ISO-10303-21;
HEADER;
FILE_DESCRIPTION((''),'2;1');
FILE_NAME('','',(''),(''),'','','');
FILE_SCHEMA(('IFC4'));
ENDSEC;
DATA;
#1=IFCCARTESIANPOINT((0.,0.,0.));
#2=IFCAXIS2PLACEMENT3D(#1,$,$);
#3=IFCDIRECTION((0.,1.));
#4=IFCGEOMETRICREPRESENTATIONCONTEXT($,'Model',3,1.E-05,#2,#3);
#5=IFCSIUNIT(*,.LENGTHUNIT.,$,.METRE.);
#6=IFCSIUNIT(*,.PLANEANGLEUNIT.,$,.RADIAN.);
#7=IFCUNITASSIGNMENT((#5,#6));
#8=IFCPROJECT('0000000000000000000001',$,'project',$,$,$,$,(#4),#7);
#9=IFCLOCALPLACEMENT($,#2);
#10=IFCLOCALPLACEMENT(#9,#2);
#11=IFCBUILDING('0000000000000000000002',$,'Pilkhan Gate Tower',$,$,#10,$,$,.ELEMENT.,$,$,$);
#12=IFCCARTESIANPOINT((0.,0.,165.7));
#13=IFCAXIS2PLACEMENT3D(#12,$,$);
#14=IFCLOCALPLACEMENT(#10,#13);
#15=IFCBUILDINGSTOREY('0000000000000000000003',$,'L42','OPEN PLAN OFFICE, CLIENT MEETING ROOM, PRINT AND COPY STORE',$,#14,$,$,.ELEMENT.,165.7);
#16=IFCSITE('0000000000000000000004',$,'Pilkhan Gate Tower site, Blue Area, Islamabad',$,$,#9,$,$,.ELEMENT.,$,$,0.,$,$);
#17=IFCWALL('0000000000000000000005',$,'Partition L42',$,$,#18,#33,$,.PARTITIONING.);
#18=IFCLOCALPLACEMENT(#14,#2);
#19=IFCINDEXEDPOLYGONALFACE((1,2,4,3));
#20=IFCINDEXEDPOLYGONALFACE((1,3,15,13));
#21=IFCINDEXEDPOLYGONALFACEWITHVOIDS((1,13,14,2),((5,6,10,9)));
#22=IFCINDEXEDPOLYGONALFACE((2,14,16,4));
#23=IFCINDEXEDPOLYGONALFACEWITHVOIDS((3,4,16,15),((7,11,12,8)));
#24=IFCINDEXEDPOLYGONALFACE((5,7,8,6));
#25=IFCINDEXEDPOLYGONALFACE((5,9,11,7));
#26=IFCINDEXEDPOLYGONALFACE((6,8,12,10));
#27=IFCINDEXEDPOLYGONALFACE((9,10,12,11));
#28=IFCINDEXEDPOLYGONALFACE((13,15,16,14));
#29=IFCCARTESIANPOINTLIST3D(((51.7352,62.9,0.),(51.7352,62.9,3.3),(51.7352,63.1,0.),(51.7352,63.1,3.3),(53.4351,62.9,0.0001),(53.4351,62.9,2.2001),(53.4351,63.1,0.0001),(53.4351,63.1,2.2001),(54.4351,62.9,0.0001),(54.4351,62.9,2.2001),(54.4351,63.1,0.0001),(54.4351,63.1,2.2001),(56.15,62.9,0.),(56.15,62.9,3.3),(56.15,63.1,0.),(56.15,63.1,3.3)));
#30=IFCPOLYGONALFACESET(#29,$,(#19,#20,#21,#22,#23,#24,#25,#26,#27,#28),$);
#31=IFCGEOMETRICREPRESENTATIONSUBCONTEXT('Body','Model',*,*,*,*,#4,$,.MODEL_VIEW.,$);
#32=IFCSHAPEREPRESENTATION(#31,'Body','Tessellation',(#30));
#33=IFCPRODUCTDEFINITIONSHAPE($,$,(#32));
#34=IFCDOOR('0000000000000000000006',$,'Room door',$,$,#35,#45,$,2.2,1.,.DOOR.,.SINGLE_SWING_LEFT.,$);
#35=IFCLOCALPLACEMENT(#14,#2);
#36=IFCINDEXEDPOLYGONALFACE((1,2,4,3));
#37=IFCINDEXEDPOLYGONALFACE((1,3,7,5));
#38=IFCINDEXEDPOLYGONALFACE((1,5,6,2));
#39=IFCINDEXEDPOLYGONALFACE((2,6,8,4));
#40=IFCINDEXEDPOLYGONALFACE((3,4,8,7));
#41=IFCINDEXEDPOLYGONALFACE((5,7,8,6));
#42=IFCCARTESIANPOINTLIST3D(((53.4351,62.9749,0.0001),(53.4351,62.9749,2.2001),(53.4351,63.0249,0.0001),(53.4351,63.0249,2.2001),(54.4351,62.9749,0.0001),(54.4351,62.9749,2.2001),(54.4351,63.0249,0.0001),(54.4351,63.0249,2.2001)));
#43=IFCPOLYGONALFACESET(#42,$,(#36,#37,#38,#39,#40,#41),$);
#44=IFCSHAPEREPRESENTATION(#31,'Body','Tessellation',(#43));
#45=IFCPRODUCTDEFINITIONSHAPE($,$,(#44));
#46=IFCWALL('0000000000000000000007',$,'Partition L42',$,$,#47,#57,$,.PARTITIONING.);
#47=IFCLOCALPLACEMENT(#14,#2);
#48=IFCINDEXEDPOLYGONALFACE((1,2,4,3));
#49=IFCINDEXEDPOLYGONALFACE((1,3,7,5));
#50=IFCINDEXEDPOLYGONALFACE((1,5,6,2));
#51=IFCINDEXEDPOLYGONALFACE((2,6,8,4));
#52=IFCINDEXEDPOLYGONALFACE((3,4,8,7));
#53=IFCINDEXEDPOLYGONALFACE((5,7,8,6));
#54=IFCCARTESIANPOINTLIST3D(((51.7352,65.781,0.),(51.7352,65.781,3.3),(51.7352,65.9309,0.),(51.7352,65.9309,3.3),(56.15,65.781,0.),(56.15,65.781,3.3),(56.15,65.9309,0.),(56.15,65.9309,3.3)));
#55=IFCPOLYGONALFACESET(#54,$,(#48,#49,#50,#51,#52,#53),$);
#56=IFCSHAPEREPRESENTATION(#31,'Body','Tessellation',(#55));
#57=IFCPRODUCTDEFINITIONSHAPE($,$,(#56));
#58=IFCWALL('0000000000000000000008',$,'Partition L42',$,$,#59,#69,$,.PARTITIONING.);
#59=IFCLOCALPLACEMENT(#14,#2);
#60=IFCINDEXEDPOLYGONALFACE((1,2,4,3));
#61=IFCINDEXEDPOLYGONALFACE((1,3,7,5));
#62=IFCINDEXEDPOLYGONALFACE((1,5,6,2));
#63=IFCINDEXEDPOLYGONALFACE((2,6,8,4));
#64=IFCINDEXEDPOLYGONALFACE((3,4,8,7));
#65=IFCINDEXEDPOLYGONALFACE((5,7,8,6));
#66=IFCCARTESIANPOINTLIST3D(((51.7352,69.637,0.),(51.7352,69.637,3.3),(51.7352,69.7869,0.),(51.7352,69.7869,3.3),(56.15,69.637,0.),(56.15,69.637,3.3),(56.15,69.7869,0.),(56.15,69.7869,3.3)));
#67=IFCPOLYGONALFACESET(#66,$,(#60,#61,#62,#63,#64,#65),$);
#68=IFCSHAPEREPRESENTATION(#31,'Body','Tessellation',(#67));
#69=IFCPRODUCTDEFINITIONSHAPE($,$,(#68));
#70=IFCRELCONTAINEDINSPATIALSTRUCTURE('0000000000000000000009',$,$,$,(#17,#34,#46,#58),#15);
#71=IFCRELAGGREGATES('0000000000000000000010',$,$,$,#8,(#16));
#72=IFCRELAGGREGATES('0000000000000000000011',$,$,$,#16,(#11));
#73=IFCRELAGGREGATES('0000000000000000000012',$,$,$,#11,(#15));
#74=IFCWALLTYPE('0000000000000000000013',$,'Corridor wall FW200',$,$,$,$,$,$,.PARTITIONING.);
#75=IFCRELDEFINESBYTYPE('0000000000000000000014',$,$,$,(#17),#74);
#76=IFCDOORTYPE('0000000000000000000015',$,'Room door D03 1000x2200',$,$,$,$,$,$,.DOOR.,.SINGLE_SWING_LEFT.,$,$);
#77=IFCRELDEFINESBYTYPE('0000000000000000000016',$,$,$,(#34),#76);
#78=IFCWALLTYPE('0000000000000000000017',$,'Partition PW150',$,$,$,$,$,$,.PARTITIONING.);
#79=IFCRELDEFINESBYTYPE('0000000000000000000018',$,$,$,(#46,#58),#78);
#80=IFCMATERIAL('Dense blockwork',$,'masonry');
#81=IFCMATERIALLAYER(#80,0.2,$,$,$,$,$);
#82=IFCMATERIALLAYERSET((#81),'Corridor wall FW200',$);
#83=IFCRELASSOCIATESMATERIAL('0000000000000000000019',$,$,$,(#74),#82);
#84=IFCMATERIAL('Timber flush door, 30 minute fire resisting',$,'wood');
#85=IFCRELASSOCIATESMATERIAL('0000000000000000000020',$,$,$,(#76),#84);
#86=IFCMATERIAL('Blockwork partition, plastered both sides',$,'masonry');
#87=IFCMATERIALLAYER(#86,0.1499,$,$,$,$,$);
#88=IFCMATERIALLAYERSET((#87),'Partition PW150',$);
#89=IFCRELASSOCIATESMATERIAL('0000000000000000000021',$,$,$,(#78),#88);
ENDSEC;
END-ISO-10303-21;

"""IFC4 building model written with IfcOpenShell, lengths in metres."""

from ifc_helpers import new_model, si_unit, direction, frame, frame_2d, origin, place, context, subcontext, project, spatial, rectangle, extrude, material, layer, layer_set, type_object, element, fill, save


model = new_model("IFC4")

# Units and contexts
model_context = context("Model", 3, precision=1e-05, world=origin(), true_north=direction((0.0, 1.0)))
body_context = subcontext(model_context, "Body", "Model", "MODEL_VIEW")
ifc_project = project(units=[si_unit("LENGTHUNIT", "METRE"), si_unit("PLANEANGLEUNIT", "RADIAN")], contexts=[model_context])

# Site, building, storey
site_placement = place(None, origin())
site = spatial("IfcSite", under=ifc_project, at=site_placement, Name="Pilkhan Gate Tower site, Blue Area, Islamabad", CompositionType="ELEMENT", RefElevation=0.0)
building_placement = place(site_placement, origin())
building = spatial("IfcBuilding", under=site, at=building_placement, Name="Pilkhan Gate Tower", CompositionType="ELEMENT")
storey_placement = place(building_placement, frame((0.0, 0.0, 165.7)))
storey = spatial("IfcBuildingStorey", under=building, at=storey_placement, Name="L42", Description="OPEN PLAN OFFICE, CLIENT MEETING ROOM, PRINT AND COPY STORE", CompositionType="ELEMENT", Elevation=165.7)

# Shared definitions
ifc_material_1 = material(Name="Dense blockwork", Category="masonry")
ifc_layer_1 = layer(ifc_material_1, 0.2)
ifc_layer_set_1 = layer_set([ifc_layer_1], Name="Corridor wall FW200")
wall_type_1 = type_object("IfcWallType", Name="Corridor wall FW200", PredefinedType="PARTITIONING", material=ifc_layer_set_1)
ifc_material_2 = material(Name="Timber flush door, 30 minute fire resisting", Category="wood")
door_type = type_object("IfcDoorType", Name="Room door D03 1000x2200", OperationType="SINGLE_SWING_LEFT", PredefinedType="DOOR", material=ifc_material_2)

# Wall, opening, door
wall_1_placement = place(storey_placement, frame((51.7351, 63.0, 0.0), z_axis=(0.0, 0.0, 1.0), x_axis=(1.0, 0.0, 0.0)))
wall_1 = element("IfcWall", 1, at=wall_1_placement, inside=storey, type_object=wall_type_1, Name="Partition L42", PredefinedType="PARTITIONING", context=body_context, shape_type="SweptSolid", body=[
    extrude(rectangle(XDim=4.4148, YDim=0.2, at=frame_2d((2.2075, 0.0))), origin(), (0.0, 0.0, 1.0), 3.3),
])
opening_1_placement = place(wall_1_placement, frame((1.7, 0.0, 0.0)))
opening_1 = element("IfcOpeningElement", 2, at=opening_1_placement, cuts=wall_1, PredefinedType="OPENING", context=body_context, shape_type="SweptSolid", body=[
    extrude(rectangle(XDim=1.0, YDim=2.2, at=frame_2d((0.5, 1.1001))), frame((0.0, 0.1099, 0.0), z_axis=(0.0, -1.0, 0.0), x_axis=(1.0, 0.0, 0.0)), (0.0, 0.0, 1.0), 0.22),
])
door_1_placement = place(opening_1_placement, origin())
door_1 = element("IfcDoor", 3, at=door_1_placement, inside=storey, type_object=door_type, Name="Room door", OperationType="SINGLE_SWING_LEFT", OverallHeight=2.2, OverallWidth=1.0, PredefinedType="DOOR", context=body_context, shape_type="SweptSolid", body=[
    extrude(rectangle(XDim=1.0, YDim=2.2, at=frame_2d((0.5, 1.1001))), frame((0.0, 0.0249, 0.0), z_axis=(0.0, -1.0, 0.0), x_axis=(1.0, 0.0, 0.0)), (0.0, 0.0, 1.0), 0.05),
])
fill(opening_1, door_1)

# Walls
ifc_material_3 = material(Name="Blockwork partition, plastered both sides", Category="masonry")
ifc_layer_2 = layer(ifc_material_3, 0.1499)
ifc_layer_set_2 = layer_set([ifc_layer_2], Name="Partition PW150")
wall_type_2 = type_object("IfcWallType", Name="Partition PW150", PredefinedType="PARTITIONING", material=ifc_layer_set_2)
for number, where, z_axis, x_axis, name in (
    (4, (51.7351, 65.856, 0.0), (0.0, 0.0, 1.0), (1.0, 0.0, 0.0), "Partition L42"),
    (5, (51.7351, 69.7119, 0.0), (0.0, 0.0, 1.0), (1.0, 0.0, 0.0), "Partition L42"),
):
    element("IfcWall", number, at=place(storey_placement, frame(where, z_axis=z_axis, x_axis=x_axis)), inside=storey, type_object=wall_type_2, Name=name, PredefinedType="PARTITIONING", context=body_context, shape_type="SweptSolid", body=[
        extrude(rectangle(XDim=4.4148, YDim=0.1499, at=frame_2d((2.2075, 0.0))), origin(), (0.0, 0.0, 1.0), 3.3),
    ])

save(model, "model.ifc")
